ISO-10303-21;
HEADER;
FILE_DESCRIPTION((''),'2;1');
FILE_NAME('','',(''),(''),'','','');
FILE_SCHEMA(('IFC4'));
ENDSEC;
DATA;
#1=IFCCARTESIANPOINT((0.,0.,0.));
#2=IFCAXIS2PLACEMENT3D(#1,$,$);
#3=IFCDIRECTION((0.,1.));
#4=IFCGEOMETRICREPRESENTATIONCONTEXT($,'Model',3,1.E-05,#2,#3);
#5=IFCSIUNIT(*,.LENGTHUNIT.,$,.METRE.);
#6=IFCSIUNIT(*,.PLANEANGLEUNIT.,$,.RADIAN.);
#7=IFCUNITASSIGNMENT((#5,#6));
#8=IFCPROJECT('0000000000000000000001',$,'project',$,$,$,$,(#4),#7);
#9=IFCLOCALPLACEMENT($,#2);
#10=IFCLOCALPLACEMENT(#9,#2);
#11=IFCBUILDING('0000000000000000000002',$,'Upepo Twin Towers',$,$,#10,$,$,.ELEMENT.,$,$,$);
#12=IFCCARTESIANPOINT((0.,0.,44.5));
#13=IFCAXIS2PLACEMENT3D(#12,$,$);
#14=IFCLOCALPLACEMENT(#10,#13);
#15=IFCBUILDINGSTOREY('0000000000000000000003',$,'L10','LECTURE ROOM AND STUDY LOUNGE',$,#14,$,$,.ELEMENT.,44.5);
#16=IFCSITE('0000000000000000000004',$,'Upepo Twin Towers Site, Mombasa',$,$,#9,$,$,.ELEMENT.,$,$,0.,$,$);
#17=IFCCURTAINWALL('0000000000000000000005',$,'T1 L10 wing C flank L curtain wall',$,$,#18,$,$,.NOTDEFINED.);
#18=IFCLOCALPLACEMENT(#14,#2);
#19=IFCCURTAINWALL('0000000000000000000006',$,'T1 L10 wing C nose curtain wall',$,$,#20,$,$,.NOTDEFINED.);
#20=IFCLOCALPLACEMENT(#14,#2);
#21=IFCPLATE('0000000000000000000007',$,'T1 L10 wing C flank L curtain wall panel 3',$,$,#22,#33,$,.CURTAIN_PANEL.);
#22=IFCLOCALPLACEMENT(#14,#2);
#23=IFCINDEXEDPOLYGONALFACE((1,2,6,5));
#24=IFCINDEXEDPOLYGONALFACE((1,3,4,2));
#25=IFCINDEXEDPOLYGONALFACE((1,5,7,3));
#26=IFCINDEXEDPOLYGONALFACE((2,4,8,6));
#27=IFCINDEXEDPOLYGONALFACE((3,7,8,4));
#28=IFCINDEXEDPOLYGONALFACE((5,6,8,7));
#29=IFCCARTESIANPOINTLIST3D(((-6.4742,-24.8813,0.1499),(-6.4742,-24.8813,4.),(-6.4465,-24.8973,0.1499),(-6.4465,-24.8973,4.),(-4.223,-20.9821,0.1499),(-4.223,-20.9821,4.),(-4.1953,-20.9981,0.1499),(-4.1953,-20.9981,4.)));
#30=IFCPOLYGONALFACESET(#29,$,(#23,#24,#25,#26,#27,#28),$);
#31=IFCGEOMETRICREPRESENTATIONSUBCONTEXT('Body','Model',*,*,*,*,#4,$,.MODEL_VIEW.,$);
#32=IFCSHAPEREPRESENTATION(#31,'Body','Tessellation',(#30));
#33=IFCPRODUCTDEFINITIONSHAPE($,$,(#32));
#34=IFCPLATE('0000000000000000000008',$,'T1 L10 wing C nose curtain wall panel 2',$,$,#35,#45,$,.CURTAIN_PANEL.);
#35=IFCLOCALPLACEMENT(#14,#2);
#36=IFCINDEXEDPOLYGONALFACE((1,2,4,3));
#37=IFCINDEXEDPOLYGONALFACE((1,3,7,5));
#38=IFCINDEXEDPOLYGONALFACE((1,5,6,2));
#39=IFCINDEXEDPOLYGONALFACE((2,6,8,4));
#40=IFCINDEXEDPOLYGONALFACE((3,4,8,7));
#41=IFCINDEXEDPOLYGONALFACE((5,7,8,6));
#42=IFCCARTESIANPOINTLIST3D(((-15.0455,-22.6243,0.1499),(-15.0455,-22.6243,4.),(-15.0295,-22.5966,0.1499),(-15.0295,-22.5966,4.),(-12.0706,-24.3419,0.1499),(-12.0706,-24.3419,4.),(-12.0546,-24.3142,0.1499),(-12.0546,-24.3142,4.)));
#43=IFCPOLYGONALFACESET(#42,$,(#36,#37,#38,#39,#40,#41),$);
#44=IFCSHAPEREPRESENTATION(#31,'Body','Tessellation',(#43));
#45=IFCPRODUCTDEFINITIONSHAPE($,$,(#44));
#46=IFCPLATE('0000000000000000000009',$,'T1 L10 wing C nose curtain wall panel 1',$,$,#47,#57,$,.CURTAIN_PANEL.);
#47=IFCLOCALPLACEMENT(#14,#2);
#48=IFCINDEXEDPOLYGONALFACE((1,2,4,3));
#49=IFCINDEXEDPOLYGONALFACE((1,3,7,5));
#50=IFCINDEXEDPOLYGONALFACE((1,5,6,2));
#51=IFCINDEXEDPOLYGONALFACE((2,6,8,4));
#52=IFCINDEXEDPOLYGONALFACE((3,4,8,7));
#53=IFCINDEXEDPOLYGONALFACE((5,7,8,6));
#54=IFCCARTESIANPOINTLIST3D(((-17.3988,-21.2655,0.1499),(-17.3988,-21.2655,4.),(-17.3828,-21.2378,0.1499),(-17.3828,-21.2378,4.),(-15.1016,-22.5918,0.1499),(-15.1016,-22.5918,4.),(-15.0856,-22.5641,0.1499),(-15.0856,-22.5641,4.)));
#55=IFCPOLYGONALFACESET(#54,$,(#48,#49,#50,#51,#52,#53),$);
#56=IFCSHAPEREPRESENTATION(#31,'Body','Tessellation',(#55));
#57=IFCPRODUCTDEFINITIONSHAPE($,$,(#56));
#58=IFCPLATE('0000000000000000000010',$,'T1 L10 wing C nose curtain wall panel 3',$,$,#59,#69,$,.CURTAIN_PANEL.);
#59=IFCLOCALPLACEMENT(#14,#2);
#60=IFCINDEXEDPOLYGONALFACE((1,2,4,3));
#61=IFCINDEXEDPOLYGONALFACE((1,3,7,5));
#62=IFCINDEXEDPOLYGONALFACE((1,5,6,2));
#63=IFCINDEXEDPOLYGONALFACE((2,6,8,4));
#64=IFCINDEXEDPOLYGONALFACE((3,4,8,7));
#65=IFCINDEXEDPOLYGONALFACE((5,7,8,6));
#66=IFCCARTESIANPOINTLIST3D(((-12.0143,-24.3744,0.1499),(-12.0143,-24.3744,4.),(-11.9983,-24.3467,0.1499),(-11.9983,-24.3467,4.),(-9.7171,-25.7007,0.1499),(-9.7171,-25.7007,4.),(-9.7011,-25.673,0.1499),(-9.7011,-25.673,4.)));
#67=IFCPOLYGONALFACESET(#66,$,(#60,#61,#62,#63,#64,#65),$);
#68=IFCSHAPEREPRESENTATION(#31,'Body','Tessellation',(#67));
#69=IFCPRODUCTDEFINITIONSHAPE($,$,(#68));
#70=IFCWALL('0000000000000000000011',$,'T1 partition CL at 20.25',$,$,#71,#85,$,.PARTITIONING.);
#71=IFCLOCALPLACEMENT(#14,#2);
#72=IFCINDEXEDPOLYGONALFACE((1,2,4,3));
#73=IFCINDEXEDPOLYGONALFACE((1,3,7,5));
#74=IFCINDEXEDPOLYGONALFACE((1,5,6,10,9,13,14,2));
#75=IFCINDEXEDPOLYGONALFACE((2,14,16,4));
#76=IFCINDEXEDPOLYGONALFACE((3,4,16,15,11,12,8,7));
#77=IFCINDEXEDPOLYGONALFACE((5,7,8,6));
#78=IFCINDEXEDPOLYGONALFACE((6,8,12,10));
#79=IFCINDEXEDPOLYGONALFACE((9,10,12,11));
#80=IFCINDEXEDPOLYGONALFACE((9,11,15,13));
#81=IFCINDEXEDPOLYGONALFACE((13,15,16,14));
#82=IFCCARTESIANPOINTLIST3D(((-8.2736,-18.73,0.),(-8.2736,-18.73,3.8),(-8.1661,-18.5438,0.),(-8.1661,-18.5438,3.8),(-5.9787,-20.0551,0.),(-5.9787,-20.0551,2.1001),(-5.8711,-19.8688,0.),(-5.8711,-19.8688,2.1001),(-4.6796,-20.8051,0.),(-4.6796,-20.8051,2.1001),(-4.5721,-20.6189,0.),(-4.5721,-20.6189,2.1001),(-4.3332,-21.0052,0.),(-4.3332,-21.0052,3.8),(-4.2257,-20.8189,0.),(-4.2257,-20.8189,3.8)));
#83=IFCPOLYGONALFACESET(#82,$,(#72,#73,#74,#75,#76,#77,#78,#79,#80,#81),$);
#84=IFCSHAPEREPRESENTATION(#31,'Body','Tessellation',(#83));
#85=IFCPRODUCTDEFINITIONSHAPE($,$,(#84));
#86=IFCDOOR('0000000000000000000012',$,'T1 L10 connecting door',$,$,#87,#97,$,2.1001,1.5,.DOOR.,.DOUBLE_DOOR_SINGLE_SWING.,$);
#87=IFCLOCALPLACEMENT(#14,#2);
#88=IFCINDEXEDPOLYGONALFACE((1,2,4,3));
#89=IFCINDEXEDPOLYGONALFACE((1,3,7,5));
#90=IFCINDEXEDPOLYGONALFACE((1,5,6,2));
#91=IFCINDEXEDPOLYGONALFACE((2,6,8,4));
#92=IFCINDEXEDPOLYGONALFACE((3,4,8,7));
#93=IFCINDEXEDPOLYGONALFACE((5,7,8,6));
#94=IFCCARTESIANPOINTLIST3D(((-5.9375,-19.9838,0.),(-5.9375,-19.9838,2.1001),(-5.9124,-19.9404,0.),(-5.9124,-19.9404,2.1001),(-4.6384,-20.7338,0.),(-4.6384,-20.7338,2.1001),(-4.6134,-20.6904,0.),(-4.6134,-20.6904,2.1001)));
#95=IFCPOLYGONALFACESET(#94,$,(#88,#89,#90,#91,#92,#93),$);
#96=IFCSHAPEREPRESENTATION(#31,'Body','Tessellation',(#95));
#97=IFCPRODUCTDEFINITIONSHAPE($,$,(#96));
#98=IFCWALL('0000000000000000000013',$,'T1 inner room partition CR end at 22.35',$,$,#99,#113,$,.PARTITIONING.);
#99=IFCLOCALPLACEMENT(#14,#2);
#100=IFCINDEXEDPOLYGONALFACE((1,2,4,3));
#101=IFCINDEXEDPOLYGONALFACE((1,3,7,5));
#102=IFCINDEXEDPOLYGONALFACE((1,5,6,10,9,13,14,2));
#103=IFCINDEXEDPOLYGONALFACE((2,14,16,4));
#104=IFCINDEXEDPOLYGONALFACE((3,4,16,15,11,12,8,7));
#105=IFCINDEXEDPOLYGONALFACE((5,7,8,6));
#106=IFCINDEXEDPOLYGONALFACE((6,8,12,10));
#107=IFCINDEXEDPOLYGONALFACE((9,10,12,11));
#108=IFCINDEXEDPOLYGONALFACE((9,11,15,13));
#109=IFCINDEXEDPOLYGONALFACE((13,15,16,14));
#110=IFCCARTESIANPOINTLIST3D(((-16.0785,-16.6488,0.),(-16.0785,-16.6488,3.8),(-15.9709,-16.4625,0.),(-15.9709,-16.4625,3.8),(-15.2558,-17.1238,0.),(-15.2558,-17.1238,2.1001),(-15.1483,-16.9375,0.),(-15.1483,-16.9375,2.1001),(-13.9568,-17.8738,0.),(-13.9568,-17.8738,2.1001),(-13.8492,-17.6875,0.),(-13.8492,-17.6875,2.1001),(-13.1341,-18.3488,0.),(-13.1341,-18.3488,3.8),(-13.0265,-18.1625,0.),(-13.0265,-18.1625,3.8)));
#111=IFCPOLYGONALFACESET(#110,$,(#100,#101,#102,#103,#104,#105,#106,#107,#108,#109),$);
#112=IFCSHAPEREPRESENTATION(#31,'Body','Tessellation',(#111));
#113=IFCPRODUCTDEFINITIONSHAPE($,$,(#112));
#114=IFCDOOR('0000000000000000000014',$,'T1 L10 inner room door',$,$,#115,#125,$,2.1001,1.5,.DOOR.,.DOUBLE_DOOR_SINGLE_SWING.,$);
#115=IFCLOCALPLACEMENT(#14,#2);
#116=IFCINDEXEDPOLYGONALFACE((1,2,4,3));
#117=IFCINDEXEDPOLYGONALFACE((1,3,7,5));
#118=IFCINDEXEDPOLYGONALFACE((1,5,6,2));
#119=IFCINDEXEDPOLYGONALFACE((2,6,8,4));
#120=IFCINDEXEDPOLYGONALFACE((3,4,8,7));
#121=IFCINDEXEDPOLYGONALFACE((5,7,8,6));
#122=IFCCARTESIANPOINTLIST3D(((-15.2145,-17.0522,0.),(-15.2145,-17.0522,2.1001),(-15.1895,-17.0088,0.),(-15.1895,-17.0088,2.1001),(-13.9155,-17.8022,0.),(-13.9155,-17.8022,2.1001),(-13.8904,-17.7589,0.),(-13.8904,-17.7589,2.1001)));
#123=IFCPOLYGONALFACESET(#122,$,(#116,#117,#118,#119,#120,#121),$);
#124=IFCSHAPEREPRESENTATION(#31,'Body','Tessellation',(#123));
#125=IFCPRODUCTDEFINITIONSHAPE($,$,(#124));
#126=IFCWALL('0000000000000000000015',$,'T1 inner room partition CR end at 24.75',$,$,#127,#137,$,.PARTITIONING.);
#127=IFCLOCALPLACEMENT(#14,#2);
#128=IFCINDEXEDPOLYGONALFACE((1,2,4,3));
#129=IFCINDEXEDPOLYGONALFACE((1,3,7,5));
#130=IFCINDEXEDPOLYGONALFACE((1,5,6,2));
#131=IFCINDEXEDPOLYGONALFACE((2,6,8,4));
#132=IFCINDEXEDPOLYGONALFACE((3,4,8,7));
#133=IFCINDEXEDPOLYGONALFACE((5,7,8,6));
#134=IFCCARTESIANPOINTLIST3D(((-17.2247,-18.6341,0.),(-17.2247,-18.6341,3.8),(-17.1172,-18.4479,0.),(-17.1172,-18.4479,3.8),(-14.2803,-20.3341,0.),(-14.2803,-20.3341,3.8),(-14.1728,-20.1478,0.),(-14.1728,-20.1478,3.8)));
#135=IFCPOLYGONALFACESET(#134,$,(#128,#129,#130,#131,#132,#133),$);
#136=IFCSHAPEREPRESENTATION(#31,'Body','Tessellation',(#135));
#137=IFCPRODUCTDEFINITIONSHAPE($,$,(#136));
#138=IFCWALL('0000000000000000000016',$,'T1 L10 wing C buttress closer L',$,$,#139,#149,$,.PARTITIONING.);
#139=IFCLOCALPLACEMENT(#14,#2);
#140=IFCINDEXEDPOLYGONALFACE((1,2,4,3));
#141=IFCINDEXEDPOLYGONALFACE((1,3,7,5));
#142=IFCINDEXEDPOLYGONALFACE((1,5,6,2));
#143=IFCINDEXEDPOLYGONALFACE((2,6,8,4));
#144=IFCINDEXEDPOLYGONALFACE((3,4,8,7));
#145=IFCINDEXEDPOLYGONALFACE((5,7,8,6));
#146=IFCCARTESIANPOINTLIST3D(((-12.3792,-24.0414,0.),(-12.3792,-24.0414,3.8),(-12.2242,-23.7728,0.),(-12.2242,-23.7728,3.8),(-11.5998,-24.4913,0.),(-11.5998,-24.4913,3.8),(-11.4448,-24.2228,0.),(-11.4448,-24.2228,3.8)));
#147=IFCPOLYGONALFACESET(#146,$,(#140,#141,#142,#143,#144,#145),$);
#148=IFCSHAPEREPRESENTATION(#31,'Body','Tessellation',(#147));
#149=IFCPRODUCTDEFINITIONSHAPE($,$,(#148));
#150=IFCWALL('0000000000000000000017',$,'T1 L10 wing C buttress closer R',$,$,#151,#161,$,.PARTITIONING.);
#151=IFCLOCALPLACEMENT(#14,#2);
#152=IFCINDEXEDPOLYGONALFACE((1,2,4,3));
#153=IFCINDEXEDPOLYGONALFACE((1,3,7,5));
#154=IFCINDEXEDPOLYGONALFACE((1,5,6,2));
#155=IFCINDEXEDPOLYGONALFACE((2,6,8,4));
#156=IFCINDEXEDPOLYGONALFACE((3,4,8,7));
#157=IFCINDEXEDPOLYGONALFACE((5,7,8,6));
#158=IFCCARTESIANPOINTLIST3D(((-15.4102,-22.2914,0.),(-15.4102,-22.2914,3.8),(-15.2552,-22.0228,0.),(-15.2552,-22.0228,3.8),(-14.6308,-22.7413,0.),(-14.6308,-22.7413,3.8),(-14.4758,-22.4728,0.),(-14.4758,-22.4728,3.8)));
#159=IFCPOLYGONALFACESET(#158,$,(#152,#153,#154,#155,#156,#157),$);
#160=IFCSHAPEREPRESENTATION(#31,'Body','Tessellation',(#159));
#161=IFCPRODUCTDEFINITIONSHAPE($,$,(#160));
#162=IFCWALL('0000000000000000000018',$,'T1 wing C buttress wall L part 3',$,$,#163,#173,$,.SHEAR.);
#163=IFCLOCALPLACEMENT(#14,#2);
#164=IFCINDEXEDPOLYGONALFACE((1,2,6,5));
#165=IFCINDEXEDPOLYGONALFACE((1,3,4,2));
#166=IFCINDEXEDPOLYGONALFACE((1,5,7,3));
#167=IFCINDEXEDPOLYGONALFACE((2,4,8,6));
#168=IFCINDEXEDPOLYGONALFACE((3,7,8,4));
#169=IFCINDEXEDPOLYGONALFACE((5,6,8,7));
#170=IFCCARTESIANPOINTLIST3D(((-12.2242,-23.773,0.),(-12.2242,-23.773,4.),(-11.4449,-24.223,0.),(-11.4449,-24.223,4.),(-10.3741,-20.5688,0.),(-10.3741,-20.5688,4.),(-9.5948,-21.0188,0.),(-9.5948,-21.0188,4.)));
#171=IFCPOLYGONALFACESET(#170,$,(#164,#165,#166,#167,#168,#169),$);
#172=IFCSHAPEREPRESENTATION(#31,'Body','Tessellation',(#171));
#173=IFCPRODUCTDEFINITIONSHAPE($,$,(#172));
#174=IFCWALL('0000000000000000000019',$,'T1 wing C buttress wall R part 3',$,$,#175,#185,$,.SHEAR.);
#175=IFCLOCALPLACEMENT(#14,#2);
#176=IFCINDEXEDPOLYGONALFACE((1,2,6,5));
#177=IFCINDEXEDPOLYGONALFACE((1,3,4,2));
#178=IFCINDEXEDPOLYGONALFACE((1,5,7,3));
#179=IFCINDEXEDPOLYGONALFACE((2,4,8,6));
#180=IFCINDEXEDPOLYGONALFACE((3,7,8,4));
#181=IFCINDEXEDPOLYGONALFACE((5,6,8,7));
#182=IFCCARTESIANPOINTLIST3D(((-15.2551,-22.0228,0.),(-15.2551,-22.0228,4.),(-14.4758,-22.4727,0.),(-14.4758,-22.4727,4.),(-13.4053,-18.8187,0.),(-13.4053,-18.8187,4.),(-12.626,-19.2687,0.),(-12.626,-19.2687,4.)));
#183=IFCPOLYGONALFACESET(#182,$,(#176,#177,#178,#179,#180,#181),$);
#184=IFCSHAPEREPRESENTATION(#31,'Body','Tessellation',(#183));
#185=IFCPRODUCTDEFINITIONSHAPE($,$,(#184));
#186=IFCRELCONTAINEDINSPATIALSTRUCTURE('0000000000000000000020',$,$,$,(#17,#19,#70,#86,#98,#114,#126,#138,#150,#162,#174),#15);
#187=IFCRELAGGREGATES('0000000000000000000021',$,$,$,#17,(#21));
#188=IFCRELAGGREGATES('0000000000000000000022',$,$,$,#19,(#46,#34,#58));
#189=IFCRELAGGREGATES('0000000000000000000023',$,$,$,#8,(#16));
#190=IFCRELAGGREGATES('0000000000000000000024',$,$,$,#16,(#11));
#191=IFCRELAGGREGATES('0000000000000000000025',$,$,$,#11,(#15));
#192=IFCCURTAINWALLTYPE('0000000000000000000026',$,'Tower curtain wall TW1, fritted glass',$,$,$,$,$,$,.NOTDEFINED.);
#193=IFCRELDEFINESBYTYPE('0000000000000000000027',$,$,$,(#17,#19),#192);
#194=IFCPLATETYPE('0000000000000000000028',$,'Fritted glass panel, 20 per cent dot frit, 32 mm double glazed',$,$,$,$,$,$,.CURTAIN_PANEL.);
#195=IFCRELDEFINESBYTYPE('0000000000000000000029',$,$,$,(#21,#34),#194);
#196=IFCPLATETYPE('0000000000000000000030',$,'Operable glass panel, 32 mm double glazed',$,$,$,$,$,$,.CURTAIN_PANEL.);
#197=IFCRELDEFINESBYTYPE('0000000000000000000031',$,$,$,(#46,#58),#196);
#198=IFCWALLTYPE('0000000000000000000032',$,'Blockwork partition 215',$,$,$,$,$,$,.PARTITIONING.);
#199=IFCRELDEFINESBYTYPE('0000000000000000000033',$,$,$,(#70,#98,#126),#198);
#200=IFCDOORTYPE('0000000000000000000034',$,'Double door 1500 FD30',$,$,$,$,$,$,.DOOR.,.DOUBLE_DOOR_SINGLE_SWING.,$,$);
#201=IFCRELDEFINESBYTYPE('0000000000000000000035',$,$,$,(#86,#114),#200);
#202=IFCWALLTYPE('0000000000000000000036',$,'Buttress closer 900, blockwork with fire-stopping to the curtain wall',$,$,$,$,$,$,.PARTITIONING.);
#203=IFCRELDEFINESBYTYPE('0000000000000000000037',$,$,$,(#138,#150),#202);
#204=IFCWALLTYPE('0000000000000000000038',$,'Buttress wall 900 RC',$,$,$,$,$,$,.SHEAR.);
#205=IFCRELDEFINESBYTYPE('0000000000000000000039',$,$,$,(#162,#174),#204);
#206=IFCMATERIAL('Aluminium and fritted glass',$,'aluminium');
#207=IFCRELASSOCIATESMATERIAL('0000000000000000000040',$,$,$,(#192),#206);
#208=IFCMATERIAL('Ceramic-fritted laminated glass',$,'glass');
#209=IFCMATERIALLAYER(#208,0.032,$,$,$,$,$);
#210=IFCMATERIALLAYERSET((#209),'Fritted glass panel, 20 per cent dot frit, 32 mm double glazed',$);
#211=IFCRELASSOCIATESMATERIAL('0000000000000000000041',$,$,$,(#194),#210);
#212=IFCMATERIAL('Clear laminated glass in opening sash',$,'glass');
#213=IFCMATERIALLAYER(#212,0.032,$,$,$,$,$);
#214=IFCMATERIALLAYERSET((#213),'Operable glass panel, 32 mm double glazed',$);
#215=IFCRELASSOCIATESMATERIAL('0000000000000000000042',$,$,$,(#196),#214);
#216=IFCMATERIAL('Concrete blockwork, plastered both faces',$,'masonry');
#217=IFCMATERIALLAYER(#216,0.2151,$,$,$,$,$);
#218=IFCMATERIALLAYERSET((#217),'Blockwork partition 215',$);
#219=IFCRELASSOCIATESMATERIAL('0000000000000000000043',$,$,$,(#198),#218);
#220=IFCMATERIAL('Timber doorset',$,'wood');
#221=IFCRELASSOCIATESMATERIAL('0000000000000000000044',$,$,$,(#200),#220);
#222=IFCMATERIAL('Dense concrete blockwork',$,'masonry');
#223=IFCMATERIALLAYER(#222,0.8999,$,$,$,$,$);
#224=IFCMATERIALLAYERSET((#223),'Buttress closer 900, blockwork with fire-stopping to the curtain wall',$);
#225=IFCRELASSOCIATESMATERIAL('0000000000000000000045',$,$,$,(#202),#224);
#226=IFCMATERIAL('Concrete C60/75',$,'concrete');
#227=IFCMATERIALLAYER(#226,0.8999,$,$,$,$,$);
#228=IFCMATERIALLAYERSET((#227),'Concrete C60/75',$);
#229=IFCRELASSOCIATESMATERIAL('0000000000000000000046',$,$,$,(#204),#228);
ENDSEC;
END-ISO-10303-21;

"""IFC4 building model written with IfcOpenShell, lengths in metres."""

from ifc_helpers import new_model, si_unit, direction, frame, frame_2d, origin, origin_2d, place, context, subcontext, project, spatial, rectangle, extrude, material, layer, layer_set, type_object, element, fill, aggregate, save


model = new_model("IFC4")

# Units and contexts
model_context = context("Model", 3, precision=1e-05, world=origin(), true_north=direction((0.0, 1.0)))
body_context = subcontext(model_context, "Body", "Model", "MODEL_VIEW")
ifc_project = project(units=[si_unit("LENGTHUNIT", "METRE"), si_unit("PLANEANGLEUNIT", "RADIAN")], contexts=[model_context])

# Site, building, storey
site_placement = place(None, origin())
site = spatial("IfcSite", under=ifc_project, at=site_placement, Name="Upepo Twin Towers Site, Mombasa", CompositionType="ELEMENT", RefElevation=0.0)
building_placement = place(site_placement, origin())
building = spatial("IfcBuilding", under=site, at=building_placement, Name="Upepo Twin Towers", CompositionType="ELEMENT")
storey_placement = place(building_placement, frame((0.0, 0.0, 44.5)))
storey = spatial("IfcBuildingStorey", under=building, at=storey_placement, Name="L10", Description="LECTURE ROOM AND STUDY LOUNGE", CompositionType="ELEMENT", Elevation=44.5)

# Curtain wall
ifc_material_1 = material(Name="Aluminium and fritted glass", Category="aluminium")
curtain_wall_type = type_object("IfcCurtainWallType", Name="Tower curtain wall TW1, fritted glass", PredefinedType="NOTDEFINED", material=ifc_material_1)
curtain_wall_1_placement = place(storey_placement, origin())
curtain_wall_1 = element("IfcCurtainWall", 1, at=curtain_wall_1_placement, inside=storey, type_object=curtain_wall_type, Name="T1 L10 wing C flank L curtain wall", PredefinedType="NOTDEFINED")

# Curtain wall
curtain_wall_2_placement = place(storey_placement, origin())
curtain_wall_2 = element("IfcCurtainWall", 2, at=curtain_wall_2_placement, inside=storey, type_object=curtain_wall_type, Name="T1 L10 wing C nose curtain wall", PredefinedType="NOTDEFINED")

# Plates
ifc_material_2 = material(Name="Ceramic-fritted laminated glass", Category="glass")
ifc_layer_1 = layer(ifc_material_2, 0.032)
ifc_layer_set_1 = layer_set([ifc_layer_1], Name="Fritted glass panel, 20 per cent dot frit, 32 mm double glazed")
plate_type_1 = type_object("IfcPlateType", Name="Fritted glass panel, 20 per cent dot frit, 32 mm double glazed", PredefinedType="CURTAIN_PANEL", material=ifc_layer_set_1)
plate_1_placement = place(storey_placement, frame((-5.3347, -22.9397, 0.1499), z_axis=(0.0, 0.0, 1.0), x_axis=(-0.5, -0.866025, 0.0)))
plate_1 = element("IfcPlate", 3, at=plate_1_placement, type_object=plate_type_1, Name="T1 L10 wing C flank L curtain wall panel 3", PredefinedType="CURTAIN_PANEL", context=body_context, shape_type="SweptSolid", body=[
    extrude(rectangle(XDim=4.5024, YDim=0.032, at=origin_2d()), origin(), (0.0, 0.0, 1.0), 3.8501),
])
aggregate(curtain_wall_1, [plate_1])
plate_2_placement = place(storey_placement, frame((-13.55, -23.4692, 0.1499), z_axis=(0.0, 0.0, 1.0), x_axis=(0.866025, -0.5, 0.0)))
plate_2 = element("IfcPlate", 4, at=plate_2_placement, type_object=plate_type_1, Name="T1 L10 wing C nose curtain wall panel 2", PredefinedType="CURTAIN_PANEL", context=body_context, shape_type="SweptSolid", body=[
    extrude(rectangle(XDim=3.4351, YDim=0.032, at=origin_2d()), origin(), (0.0, 0.0, 1.0), 3.8501),
])
ifc_material_3 = material(Name="Clear laminated glass in opening sash", Category="glass")
ifc_layer_2 = layer(ifc_material_3, 0.032)
ifc_layer_set_2 = layer_set([ifc_layer_2], Name="Operable glass panel, 32 mm double glazed")
plate_type_2 = type_object("IfcPlateType", Name="Operable glass panel, 32 mm double glazed", PredefinedType="CURTAIN_PANEL", material=ifc_layer_set_2)
plate_3_placement = place(storey_placement, frame((-16.2422, -21.9148, 0.1499), z_axis=(0.0, 0.0, 1.0), x_axis=(0.866025, -0.5, 0.0)))
plate_3 = element("IfcPlate", 5, at=plate_3_placement, type_object=plate_type_2, Name="T1 L10 wing C nose curtain wall panel 1", PredefinedType="CURTAIN_PANEL", context=body_context, shape_type="SweptSolid", body=[
    extrude(rectangle(XDim=2.6526, YDim=0.032, at=origin_2d()), origin(), (0.0, 0.0, 1.0), 3.8501),
])
plate_4_placement = place(storey_placement, frame((-10.8577, -25.0237, 0.1499), z_axis=(0.0, 0.0, 1.0), x_axis=(0.866025, -0.5, 0.0)))
plate_4 = element("IfcPlate", 6, at=plate_4_placement, type_object=plate_type_2, Name="T1 L10 wing C nose curtain wall panel 3", PredefinedType="CURTAIN_PANEL", context=body_context, shape_type="SweptSolid", body=[
    extrude(rectangle(XDim=2.6526, YDim=0.032, at=origin_2d()), origin(), (0.0, 0.0, 1.0), 3.8501),
])
aggregate(curtain_wall_2, [plate_3, plate_2, plate_4])

# Walls, openings, doors
ifc_material_4 = material(Name="Concrete blockwork, plastered both faces", Category="masonry")
ifc_layer_3 = layer(ifc_material_4, 0.2151)
ifc_layer_set_3 = layer_set([ifc_layer_3], Name="Blockwork partition 215")
wall_type_1 = type_object("IfcWallType", Name="Blockwork partition 215", PredefinedType="PARTITIONING", material=ifc_layer_set_3)
wall_1_placement = place(storey_placement, frame((-8.2197, -18.637, 0.0), z_axis=(0.0, 0.0, 1.0), x_axis=(0.866012, -0.500023, 0.0)))
wall_1 = element("IfcWall", 7, at=wall_1_placement, inside=storey, type_object=wall_type_1, Name="T1 partition CL at 20.25", PredefinedType="PARTITIONING", context=body_context, shape_type="SweptSolid", body=[
    extrude(rectangle(XDim=4.55, YDim=0.2151, at=frame_2d((2.2749, 0.0))), origin(), (0.0, 0.0, 1.0), 3.8),
])
opening_1_placement = place(wall_1_placement, frame((2.6499, 0.0, 0.0)))
opening_1 = element("IfcOpeningElement", 8, at=opening_1_placement, cuts=wall_1, PredefinedType="OPENING", context=body_context, shape_type="SweptSolid", body=[
    extrude(rectangle(XDim=1.5, YDim=2.1001, at=frame_2d((0.75, 1.05))), frame((0.0, 0.1174, 0.0), z_axis=(0.0, -1.0, 0.0), x_axis=(1.0, 0.0, 0.0)), (0.0, 0.0, 1.0), 0.2351),
])
ifc_material_5 = material(Name="Timber doorset", Category="wood")
door_type = type_object("IfcDoorType", Name="Double door 1500 FD30", OperationType="DOUBLE_DOOR_SINGLE_SWING", PredefinedType="DOOR", material=ifc_material_5)
door_1_placement = place(opening_1_placement, origin())
door_1 = element("IfcDoor", 9, at=door_1_placement, inside=storey, type_object=door_type, Name="T1 L10 connecting door", OperationType="DOUBLE_DOOR_SINGLE_SWING", OverallHeight=2.1001, OverallWidth=1.5, PredefinedType="DOOR", context=body_context, shape_type="SweptSolid", body=[
    extrude(rectangle(XDim=1.5, YDim=2.1001, at=frame_2d((0.75, 1.05))), frame((0.0, 0.0249, 0.0), z_axis=(0.0, -1.0, 0.0), x_axis=(1.0, 0.0, 0.0)), (0.0, 0.0, 1.0), 0.05),
])
fill(opening_1, door_1)
wall_2_placement = place(storey_placement, frame((-13.0803, -18.2556, 0.0), z_axis=(0.0, 0.0, 1.0), x_axis=(-0.866021, 0.500008, 0.0)))
wall_2 = element("IfcWall", 10, at=wall_2_placement, inside=storey, type_object=wall_type_1, Name="T1 inner room partition CR end at 22.35", PredefinedType="PARTITIONING", context=body_context, shape_type="SweptSolid", body=[
    extrude(rectangle(XDim=3.3999, YDim=0.2151, at=frame_2d((1.7, 0.0))), origin(), (0.0, 0.0, 1.0), 3.8),
])
opening_2_placement = place(wall_2_placement, frame((0.95, 0.0, 0.0)))
opening_2 = element("IfcOpeningElement", 11, at=opening_2_placement, cuts=wall_2, PredefinedType="OPENING", context=body_context, shape_type="SweptSolid", body=[
    extrude(rectangle(XDim=1.5, YDim=2.1001, at=frame_2d((0.75, 1.05))), frame((0.0, 0.1174, 0.0), z_axis=(0.0, -1.0, 0.0), x_axis=(1.0, 0.0, 0.0)), (0.0, 0.0, 1.0), 0.2351),
])
door_2_placement = place(opening_2_placement, origin())
door_2 = element("IfcDoor", 12, at=door_2_placement, inside=storey, type_object=door_type, Name="T1 L10 inner room door", OperationType="DOUBLE_DOOR_SINGLE_SWING", OverallHeight=2.1001, OverallWidth=1.5, PredefinedType="DOOR", context=body_context, shape_type="SweptSolid", body=[
    extrude(rectangle(XDim=1.5, YDim=2.1001, at=frame_2d((0.75, 1.05))), frame((0.0, 0.0249, 0.0), z_axis=(0.0, -1.0, 0.0), x_axis=(1.0, 0.0, 0.0)), (0.0, 0.0, 1.0), 0.05),
])
fill(opening_2, door_2)

# Walls
wall_3_placement = place(storey_placement, frame((-14.2266, -20.241, 0.0), z_axis=(0.0, 0.0, 1.0), x_axis=(-0.866021, 0.500008, 0.0)))
element("IfcWall", 13, at=wall_3_placement, inside=storey, type_object=wall_type_1, Name="T1 inner room partition CR end at 24.75", PredefinedType="PARTITIONING", context=body_context, shape_type="SweptSolid", body=[
    extrude(rectangle(XDim=3.3999, YDim=0.2151, at=frame_2d((1.7, 0.0))), origin(), (0.0, 0.0, 1.0), 3.8),
])
ifc_material_6 = material(Name="Dense concrete blockwork", Category="masonry")
ifc_layer_4 = layer(ifc_material_6, 0.8999)
ifc_layer_set_4 = layer_set([ifc_layer_4], Name="Buttress closer 900, blockwork with fire-stopping to the curtain wall")
wall_type_2 = type_object("IfcWallType", Name="Buttress closer 900, blockwork with fire-stopping to the curtain wall", PredefinedType="PARTITIONING", material=ifc_layer_set_4)
for number, where, z_axis, x_axis, name in (
    (14, (-11.8345, -23.9978, 0.0), (0.0, 0.0, 1.0), (-0.49995, -0.866054, 0.0), "T1 L10 wing C buttress closer L"),
    (15, (-14.8655, -22.2478, 0.0), (0.0, 0.0, 1.0), (-0.49995, -0.866054, 0.0), "T1 L10 wing C buttress closer R"),
):
    element("IfcWall", number, at=place(storey_placement, frame(where, z_axis=z_axis, x_axis=x_axis)), inside=storey, type_object=wall_type_2, Name=name, PredefinedType="PARTITIONING", context=body_context, shape_type="SweptSolid", body=[
        extrude(rectangle(XDim=0.3101, YDim=0.8999, at=frame_2d((0.155, 0.0))), origin(), (0.0, 0.0, 1.0), 3.8),
    ])
ifc_material_7 = material(Name="Concrete C60/75", Category="concrete")
ifc_layer_5 = layer(ifc_material_7, 0.8999)
ifc_layer_set_5 = layer_set([ifc_layer_5], Name="Concrete C60/75")
wall_type_3 = type_object("IfcWallType", Name="Buttress wall 900 RC", PredefinedType="SHEAR", material=ifc_layer_set_5)
wall_4_placement = place(storey_placement, frame((-9.9844, -20.7937, 0.0), z_axis=(0.0, 0.0, 1.0), x_axis=(-0.500042, -0.866001, 0.0)))
element("IfcWall", 16, at=wall_4_placement, inside=storey, type_object=wall_type_3, Name="T1 wing C buttress wall L part 3", PredefinedType="SHEAR", context=body_context, shape_type="SweptSolid", body=[
    extrude(rectangle(XDim=3.7, YDim=0.8999, at=frame_2d((1.8501, 0.0))), origin(), (0.0, 0.0, 1.0), 4.0),
])
wall_5_placement = place(storey_placement, frame((-13.0156, -19.0437, 0.0), z_axis=(0.0, 0.0, 1.0), x_axis=(-0.499993, -0.86603, 0.0)))
element("IfcWall", 17, at=wall_5_placement, inside=storey, type_object=wall_type_3, Name="T1 wing C buttress wall R part 3", PredefinedType="SHEAR", context=body_context, shape_type="SweptSolid", body=[
    extrude(rectangle(XDim=3.6997, YDim=0.8999, at=frame_2d((1.8499, 0.0))), origin(), (0.0, 0.0, 1.0), 4.0),
])

save(model, "model.ifc")
